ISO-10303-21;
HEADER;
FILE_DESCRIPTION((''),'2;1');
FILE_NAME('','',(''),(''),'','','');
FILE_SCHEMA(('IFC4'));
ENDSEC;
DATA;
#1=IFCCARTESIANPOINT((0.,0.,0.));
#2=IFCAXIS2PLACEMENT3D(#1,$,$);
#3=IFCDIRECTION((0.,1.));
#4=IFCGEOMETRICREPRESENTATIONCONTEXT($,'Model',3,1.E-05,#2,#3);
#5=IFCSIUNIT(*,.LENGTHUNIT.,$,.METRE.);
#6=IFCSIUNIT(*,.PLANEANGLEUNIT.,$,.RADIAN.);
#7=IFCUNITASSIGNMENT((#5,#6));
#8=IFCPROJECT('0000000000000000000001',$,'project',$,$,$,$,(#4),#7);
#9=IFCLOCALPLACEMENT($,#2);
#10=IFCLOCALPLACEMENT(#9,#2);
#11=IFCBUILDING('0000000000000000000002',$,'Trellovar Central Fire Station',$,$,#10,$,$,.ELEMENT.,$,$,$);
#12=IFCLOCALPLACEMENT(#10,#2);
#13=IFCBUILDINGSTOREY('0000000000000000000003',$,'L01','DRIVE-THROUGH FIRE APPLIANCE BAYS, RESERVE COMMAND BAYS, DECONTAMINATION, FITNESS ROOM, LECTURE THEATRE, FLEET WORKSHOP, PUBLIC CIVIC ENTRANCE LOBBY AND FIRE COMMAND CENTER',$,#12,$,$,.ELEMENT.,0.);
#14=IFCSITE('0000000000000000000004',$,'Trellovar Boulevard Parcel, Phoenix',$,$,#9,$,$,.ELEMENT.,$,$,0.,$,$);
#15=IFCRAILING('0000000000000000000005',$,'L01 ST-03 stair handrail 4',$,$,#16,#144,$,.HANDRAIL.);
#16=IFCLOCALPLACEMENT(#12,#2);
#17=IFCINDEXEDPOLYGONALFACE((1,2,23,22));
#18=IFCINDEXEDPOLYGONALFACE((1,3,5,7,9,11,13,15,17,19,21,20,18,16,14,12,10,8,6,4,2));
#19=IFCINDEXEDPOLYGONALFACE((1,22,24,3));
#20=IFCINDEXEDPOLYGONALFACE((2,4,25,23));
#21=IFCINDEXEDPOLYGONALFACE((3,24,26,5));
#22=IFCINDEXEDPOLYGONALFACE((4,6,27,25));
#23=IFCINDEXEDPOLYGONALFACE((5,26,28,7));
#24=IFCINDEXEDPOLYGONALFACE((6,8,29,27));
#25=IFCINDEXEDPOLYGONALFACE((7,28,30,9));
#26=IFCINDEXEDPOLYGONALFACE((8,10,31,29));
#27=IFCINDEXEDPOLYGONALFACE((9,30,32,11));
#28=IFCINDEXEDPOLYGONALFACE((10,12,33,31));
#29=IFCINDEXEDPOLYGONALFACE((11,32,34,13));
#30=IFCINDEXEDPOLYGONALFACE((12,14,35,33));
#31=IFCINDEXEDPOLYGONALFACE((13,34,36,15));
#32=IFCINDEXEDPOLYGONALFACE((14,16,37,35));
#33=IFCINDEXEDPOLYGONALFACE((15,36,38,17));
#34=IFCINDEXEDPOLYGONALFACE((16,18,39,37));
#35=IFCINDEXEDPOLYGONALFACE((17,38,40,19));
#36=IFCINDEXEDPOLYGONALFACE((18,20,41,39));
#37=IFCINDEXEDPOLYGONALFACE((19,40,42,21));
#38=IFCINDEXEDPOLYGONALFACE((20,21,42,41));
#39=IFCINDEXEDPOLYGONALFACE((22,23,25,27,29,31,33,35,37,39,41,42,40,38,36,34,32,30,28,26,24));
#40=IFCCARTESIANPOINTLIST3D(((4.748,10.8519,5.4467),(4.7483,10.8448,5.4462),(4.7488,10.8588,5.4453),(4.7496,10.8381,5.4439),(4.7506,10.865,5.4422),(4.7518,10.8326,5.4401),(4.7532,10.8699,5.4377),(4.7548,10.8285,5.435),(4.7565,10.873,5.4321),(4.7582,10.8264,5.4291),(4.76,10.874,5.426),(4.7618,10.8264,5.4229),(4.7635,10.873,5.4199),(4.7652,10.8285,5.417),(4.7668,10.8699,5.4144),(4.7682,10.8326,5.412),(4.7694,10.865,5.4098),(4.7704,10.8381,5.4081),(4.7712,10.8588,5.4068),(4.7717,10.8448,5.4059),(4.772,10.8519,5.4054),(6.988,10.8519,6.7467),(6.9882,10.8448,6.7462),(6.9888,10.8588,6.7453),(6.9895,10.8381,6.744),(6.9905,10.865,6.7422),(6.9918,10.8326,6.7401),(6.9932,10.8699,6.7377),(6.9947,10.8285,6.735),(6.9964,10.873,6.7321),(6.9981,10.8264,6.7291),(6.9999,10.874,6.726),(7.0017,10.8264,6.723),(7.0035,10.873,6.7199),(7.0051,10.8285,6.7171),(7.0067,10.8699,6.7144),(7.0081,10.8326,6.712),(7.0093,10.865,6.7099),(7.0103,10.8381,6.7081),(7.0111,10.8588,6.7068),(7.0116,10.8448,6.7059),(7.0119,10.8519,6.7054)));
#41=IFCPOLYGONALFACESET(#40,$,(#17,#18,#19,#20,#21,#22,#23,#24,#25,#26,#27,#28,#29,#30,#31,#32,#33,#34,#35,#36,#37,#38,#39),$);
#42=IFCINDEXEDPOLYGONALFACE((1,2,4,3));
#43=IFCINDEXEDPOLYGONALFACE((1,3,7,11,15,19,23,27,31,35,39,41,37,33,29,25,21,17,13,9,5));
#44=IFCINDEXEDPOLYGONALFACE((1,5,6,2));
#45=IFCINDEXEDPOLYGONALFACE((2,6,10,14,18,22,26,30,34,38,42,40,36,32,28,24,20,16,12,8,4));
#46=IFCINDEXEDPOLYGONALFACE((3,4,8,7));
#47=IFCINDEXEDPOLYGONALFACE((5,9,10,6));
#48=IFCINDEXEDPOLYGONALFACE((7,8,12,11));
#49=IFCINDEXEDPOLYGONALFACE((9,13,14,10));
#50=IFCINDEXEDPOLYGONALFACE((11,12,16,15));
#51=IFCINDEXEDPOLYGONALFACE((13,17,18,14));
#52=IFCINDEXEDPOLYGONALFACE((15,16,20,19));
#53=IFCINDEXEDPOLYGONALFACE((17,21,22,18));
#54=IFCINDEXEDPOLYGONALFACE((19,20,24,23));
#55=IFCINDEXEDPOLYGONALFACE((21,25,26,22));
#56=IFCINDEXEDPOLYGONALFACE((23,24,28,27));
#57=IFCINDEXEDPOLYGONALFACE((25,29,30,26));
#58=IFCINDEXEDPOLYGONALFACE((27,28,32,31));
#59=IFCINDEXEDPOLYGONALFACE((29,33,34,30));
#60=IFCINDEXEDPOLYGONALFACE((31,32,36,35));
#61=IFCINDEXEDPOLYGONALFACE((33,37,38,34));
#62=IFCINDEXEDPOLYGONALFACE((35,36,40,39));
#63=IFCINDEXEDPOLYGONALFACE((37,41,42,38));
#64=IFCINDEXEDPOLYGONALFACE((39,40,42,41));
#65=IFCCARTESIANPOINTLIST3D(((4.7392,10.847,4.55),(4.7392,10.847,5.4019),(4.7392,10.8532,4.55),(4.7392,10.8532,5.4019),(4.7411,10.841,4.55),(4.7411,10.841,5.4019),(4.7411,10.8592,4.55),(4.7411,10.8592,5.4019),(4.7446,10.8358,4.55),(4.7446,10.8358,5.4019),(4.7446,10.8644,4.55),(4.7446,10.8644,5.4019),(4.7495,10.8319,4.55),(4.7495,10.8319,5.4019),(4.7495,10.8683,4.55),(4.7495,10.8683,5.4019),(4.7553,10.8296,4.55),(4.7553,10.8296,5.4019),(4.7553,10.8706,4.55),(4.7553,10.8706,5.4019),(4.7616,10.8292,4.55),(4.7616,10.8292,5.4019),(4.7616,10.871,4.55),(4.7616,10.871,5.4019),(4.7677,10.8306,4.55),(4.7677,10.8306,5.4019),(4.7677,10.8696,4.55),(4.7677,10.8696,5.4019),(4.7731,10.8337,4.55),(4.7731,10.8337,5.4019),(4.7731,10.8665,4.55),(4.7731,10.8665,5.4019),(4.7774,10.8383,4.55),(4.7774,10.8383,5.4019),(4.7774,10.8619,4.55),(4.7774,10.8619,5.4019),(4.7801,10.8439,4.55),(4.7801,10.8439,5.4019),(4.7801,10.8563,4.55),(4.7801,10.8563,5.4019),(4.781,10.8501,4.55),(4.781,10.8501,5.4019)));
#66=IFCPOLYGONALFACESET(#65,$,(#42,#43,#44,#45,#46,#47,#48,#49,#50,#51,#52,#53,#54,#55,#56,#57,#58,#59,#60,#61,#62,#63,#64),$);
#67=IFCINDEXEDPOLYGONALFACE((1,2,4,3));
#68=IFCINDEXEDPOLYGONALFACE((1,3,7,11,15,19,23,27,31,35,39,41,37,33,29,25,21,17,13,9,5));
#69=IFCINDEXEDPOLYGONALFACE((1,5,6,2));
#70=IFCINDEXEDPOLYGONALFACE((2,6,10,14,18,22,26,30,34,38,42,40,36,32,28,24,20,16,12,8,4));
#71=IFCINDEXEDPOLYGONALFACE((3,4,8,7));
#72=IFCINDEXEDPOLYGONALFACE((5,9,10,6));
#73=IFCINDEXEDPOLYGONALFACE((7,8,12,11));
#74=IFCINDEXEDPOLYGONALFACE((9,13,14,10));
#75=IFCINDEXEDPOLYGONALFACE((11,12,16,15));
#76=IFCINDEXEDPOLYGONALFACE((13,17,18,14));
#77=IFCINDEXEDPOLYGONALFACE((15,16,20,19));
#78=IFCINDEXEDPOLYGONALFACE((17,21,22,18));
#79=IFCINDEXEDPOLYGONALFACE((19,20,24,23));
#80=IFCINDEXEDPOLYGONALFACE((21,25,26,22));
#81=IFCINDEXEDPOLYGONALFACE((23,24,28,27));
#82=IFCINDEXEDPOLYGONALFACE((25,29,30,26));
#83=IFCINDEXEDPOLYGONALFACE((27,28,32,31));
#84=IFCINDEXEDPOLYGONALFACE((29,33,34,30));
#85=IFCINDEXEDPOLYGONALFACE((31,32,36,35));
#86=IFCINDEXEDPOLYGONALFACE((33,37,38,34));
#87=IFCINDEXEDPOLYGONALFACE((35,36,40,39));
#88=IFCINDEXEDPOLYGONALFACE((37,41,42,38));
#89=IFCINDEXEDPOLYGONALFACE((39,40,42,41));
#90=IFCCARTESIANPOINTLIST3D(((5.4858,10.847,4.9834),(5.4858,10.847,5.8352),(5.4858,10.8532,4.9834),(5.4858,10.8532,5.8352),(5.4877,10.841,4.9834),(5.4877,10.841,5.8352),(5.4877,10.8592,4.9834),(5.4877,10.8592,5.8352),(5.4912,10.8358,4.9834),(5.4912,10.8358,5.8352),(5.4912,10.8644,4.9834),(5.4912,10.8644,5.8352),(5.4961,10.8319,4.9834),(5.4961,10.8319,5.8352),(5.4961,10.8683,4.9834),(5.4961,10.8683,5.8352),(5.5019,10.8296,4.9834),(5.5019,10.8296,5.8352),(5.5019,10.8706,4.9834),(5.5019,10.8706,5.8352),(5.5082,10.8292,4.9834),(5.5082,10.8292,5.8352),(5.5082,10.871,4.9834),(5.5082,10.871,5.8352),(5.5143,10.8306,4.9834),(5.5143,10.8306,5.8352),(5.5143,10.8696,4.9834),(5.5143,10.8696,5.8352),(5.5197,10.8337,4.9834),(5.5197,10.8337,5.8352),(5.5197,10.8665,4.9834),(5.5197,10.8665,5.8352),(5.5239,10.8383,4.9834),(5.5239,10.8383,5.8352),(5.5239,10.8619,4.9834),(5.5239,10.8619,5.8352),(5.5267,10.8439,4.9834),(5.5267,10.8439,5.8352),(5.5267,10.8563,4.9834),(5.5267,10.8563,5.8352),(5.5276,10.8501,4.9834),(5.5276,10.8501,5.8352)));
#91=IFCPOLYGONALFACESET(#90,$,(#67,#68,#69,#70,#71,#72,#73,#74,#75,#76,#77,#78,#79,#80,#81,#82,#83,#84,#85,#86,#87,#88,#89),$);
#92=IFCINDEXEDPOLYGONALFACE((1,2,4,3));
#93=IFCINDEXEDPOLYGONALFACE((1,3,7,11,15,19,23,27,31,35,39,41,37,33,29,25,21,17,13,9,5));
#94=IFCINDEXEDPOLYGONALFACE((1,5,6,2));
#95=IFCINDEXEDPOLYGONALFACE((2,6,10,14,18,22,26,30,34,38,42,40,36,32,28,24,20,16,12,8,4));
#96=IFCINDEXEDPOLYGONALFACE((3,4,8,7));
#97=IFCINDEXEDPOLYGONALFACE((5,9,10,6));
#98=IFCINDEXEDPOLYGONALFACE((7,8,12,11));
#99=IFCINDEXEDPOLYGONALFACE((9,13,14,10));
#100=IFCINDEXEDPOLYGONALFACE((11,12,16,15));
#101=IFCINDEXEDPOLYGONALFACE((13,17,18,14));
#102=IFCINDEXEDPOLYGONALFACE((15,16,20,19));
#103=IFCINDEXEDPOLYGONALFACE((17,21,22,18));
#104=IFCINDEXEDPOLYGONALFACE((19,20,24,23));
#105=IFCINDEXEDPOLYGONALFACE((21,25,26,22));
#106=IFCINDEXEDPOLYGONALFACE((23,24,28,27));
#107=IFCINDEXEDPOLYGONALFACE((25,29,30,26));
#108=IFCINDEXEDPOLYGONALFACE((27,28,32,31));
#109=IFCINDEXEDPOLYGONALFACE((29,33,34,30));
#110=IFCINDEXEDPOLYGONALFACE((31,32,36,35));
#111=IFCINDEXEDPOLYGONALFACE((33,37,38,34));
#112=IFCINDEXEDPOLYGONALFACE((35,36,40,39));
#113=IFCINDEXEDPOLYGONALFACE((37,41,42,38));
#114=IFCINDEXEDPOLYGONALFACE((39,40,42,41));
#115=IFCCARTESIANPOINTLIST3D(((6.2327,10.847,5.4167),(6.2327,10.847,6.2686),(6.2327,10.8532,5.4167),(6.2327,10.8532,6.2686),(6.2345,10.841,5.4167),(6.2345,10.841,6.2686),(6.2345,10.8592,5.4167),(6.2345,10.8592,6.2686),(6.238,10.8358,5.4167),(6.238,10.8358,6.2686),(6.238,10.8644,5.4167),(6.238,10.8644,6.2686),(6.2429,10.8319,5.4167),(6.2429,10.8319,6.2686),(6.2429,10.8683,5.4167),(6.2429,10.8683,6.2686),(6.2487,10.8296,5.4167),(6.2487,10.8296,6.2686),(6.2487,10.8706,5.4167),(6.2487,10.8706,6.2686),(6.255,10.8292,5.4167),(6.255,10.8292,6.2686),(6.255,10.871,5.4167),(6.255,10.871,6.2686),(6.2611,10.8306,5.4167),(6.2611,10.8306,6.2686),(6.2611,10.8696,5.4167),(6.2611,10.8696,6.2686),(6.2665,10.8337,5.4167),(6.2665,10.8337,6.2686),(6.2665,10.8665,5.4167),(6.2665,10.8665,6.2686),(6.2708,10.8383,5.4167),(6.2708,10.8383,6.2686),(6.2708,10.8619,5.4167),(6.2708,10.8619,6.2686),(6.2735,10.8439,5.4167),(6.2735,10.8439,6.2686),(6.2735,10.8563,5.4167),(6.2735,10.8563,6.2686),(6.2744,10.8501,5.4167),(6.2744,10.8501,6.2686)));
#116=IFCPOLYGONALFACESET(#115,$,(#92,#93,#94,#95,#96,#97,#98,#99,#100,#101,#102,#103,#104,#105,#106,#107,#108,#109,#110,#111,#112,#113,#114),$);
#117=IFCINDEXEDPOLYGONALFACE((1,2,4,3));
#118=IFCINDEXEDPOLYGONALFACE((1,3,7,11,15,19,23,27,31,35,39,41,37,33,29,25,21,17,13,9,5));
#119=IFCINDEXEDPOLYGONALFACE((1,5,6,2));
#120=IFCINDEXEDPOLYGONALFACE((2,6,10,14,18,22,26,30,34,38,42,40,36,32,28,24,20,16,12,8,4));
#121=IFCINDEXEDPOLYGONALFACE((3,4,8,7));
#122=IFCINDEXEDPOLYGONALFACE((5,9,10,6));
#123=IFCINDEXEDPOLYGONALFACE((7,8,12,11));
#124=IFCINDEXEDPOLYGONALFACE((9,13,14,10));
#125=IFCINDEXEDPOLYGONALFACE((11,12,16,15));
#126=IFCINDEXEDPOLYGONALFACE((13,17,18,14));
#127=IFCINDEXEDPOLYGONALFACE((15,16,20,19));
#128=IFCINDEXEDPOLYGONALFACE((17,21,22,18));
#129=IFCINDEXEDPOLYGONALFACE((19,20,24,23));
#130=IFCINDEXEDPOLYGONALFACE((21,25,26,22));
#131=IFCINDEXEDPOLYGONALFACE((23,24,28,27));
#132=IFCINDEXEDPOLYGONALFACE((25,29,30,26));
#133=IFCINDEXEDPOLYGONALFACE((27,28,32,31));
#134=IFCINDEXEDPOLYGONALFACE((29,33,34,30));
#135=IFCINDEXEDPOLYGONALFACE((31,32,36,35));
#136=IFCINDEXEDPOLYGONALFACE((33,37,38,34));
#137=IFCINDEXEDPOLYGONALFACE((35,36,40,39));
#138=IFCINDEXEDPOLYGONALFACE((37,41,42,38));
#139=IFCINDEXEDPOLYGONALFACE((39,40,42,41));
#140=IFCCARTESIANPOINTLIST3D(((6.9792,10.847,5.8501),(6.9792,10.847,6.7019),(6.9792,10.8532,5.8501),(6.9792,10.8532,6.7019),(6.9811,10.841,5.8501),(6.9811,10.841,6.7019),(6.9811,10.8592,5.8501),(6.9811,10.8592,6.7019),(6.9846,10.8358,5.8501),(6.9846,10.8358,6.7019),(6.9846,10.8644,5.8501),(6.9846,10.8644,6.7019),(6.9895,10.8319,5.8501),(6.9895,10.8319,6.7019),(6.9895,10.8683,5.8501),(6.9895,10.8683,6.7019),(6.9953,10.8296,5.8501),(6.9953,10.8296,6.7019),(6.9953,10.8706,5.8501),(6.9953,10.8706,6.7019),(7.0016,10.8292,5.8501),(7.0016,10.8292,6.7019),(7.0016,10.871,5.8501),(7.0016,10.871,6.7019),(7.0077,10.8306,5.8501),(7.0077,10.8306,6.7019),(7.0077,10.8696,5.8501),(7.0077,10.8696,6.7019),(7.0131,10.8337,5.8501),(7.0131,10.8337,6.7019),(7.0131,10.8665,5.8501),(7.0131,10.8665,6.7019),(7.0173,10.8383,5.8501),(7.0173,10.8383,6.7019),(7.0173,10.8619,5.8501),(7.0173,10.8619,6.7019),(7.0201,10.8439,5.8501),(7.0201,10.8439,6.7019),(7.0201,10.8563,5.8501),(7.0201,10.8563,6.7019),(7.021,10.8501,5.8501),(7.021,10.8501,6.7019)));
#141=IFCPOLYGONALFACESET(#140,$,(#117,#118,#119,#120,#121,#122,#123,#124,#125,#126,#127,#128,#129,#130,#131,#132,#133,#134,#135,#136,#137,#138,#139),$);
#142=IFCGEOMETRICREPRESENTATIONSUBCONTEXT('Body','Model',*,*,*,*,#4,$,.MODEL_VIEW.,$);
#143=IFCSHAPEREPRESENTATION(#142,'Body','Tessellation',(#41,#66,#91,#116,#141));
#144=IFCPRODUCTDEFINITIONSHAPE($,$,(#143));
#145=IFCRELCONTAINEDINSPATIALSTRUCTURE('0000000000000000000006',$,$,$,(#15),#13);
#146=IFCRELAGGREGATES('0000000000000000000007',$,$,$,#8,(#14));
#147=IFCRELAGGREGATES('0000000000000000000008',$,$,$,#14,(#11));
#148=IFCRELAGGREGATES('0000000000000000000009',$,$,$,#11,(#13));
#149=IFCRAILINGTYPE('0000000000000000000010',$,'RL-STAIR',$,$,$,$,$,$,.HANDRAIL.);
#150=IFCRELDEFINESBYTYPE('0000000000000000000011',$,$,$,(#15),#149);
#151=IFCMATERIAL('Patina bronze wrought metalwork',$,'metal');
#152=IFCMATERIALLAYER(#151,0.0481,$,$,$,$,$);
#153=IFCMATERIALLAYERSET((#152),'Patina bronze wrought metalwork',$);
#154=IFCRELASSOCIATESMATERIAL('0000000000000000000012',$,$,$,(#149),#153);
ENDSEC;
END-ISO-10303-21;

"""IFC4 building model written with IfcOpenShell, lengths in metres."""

from ifc_helpers import new_model, si_unit, direction, frame, origin, origin_2d, place, context, subcontext, project, spatial, circle, extrude, material, layer, layer_set, type_object, element, save


model = new_model("IFC4")

# Units and contexts
model_context = context("Model", 3, precision=1e-05, world=origin(), true_north=direction((0.0, 1.0)))
body_context = subcontext(model_context, "Body", "Model", "MODEL_VIEW")
ifc_project = project(units=[si_unit("LENGTHUNIT", "METRE"), si_unit("PLANEANGLEUNIT", "RADIAN")], contexts=[model_context])

# Site, building, storey
site_placement = place(None, origin())
site = spatial("IfcSite", under=ifc_project, at=site_placement, Name="Trellovar Boulevard Parcel, Phoenix", CompositionType="ELEMENT", RefElevation=0.0)
building_placement = place(site_placement, origin())
building = spatial("IfcBuilding", under=site, at=building_placement, Name="Trellovar Central Fire Station", CompositionType="ELEMENT")
storey_placement = place(building_placement, origin())
storey = spatial("IfcBuildingStorey", under=building, at=storey_placement, Name="L01", Description="DRIVE-THROUGH FIRE APPLIANCE BAYS, RESERVE COMMAND BAYS, DECONTAMINATION, FITNESS ROOM, LECTURE THEATRE, FLEET WORKSHOP, PUBLIC CIVIC ENTRANCE LOBBY AND FIRE COMMAND CENTER", CompositionType="ELEMENT", Elevation=0.0)

# Railing
ifc_material_1 = material(Name="Patina bronze wrought metalwork", Category="metal")
ifc_layer_1 = layer(ifc_material_1, 0.0481)
ifc_layer_set_1 = layer_set([ifc_layer_1], Name="Patina bronze wrought metalwork")
railing_type_1 = type_object("IfcRailingType", Name="RL-STAIR", PredefinedType="HANDRAIL", material=ifc_layer_set_1)
railing_1_placement = place(storey_placement, frame((4.76, 10.8501, 4.55)))
element("IfcRailing", 1, at=railing_1_placement, inside=storey, type_object=railing_type_1, Name="L01 ST-03 stair handrail 4", PredefinedType="HANDRAIL", context=body_context, shape_type="SweptSolid", body=[
    extrude(circle(Radius=0.0239, at=origin_2d()), frame((0.0, 0.0, 0.876), z_axis=(0.864888, 0.0, 0.501965), x_axis=(0.0, 1.0, 0.0)), (0.0, 0.0, 1.0), 2.5898),
    extrude(circle(Radius=0.021, at=origin_2d()), origin(), (0.0, 0.0, 1.0), 0.8518),
    extrude(circle(Radius=0.021, at=origin_2d()), frame((0.7466, 0.0, 0.4333)), (0.0, 0.0, 1.0), 0.8518),
    extrude(circle(Radius=0.021, at=origin_2d()), frame((1.4934, 0.0, 0.8667)), (0.0, 0.0, 1.0), 0.8518),
    extrude(circle(Radius=0.021, at=origin_2d()), frame((2.24, 0.0, 1.3)), (0.0, 0.0, 1.0), 0.8518),
])

save(model, "model.ifc")
